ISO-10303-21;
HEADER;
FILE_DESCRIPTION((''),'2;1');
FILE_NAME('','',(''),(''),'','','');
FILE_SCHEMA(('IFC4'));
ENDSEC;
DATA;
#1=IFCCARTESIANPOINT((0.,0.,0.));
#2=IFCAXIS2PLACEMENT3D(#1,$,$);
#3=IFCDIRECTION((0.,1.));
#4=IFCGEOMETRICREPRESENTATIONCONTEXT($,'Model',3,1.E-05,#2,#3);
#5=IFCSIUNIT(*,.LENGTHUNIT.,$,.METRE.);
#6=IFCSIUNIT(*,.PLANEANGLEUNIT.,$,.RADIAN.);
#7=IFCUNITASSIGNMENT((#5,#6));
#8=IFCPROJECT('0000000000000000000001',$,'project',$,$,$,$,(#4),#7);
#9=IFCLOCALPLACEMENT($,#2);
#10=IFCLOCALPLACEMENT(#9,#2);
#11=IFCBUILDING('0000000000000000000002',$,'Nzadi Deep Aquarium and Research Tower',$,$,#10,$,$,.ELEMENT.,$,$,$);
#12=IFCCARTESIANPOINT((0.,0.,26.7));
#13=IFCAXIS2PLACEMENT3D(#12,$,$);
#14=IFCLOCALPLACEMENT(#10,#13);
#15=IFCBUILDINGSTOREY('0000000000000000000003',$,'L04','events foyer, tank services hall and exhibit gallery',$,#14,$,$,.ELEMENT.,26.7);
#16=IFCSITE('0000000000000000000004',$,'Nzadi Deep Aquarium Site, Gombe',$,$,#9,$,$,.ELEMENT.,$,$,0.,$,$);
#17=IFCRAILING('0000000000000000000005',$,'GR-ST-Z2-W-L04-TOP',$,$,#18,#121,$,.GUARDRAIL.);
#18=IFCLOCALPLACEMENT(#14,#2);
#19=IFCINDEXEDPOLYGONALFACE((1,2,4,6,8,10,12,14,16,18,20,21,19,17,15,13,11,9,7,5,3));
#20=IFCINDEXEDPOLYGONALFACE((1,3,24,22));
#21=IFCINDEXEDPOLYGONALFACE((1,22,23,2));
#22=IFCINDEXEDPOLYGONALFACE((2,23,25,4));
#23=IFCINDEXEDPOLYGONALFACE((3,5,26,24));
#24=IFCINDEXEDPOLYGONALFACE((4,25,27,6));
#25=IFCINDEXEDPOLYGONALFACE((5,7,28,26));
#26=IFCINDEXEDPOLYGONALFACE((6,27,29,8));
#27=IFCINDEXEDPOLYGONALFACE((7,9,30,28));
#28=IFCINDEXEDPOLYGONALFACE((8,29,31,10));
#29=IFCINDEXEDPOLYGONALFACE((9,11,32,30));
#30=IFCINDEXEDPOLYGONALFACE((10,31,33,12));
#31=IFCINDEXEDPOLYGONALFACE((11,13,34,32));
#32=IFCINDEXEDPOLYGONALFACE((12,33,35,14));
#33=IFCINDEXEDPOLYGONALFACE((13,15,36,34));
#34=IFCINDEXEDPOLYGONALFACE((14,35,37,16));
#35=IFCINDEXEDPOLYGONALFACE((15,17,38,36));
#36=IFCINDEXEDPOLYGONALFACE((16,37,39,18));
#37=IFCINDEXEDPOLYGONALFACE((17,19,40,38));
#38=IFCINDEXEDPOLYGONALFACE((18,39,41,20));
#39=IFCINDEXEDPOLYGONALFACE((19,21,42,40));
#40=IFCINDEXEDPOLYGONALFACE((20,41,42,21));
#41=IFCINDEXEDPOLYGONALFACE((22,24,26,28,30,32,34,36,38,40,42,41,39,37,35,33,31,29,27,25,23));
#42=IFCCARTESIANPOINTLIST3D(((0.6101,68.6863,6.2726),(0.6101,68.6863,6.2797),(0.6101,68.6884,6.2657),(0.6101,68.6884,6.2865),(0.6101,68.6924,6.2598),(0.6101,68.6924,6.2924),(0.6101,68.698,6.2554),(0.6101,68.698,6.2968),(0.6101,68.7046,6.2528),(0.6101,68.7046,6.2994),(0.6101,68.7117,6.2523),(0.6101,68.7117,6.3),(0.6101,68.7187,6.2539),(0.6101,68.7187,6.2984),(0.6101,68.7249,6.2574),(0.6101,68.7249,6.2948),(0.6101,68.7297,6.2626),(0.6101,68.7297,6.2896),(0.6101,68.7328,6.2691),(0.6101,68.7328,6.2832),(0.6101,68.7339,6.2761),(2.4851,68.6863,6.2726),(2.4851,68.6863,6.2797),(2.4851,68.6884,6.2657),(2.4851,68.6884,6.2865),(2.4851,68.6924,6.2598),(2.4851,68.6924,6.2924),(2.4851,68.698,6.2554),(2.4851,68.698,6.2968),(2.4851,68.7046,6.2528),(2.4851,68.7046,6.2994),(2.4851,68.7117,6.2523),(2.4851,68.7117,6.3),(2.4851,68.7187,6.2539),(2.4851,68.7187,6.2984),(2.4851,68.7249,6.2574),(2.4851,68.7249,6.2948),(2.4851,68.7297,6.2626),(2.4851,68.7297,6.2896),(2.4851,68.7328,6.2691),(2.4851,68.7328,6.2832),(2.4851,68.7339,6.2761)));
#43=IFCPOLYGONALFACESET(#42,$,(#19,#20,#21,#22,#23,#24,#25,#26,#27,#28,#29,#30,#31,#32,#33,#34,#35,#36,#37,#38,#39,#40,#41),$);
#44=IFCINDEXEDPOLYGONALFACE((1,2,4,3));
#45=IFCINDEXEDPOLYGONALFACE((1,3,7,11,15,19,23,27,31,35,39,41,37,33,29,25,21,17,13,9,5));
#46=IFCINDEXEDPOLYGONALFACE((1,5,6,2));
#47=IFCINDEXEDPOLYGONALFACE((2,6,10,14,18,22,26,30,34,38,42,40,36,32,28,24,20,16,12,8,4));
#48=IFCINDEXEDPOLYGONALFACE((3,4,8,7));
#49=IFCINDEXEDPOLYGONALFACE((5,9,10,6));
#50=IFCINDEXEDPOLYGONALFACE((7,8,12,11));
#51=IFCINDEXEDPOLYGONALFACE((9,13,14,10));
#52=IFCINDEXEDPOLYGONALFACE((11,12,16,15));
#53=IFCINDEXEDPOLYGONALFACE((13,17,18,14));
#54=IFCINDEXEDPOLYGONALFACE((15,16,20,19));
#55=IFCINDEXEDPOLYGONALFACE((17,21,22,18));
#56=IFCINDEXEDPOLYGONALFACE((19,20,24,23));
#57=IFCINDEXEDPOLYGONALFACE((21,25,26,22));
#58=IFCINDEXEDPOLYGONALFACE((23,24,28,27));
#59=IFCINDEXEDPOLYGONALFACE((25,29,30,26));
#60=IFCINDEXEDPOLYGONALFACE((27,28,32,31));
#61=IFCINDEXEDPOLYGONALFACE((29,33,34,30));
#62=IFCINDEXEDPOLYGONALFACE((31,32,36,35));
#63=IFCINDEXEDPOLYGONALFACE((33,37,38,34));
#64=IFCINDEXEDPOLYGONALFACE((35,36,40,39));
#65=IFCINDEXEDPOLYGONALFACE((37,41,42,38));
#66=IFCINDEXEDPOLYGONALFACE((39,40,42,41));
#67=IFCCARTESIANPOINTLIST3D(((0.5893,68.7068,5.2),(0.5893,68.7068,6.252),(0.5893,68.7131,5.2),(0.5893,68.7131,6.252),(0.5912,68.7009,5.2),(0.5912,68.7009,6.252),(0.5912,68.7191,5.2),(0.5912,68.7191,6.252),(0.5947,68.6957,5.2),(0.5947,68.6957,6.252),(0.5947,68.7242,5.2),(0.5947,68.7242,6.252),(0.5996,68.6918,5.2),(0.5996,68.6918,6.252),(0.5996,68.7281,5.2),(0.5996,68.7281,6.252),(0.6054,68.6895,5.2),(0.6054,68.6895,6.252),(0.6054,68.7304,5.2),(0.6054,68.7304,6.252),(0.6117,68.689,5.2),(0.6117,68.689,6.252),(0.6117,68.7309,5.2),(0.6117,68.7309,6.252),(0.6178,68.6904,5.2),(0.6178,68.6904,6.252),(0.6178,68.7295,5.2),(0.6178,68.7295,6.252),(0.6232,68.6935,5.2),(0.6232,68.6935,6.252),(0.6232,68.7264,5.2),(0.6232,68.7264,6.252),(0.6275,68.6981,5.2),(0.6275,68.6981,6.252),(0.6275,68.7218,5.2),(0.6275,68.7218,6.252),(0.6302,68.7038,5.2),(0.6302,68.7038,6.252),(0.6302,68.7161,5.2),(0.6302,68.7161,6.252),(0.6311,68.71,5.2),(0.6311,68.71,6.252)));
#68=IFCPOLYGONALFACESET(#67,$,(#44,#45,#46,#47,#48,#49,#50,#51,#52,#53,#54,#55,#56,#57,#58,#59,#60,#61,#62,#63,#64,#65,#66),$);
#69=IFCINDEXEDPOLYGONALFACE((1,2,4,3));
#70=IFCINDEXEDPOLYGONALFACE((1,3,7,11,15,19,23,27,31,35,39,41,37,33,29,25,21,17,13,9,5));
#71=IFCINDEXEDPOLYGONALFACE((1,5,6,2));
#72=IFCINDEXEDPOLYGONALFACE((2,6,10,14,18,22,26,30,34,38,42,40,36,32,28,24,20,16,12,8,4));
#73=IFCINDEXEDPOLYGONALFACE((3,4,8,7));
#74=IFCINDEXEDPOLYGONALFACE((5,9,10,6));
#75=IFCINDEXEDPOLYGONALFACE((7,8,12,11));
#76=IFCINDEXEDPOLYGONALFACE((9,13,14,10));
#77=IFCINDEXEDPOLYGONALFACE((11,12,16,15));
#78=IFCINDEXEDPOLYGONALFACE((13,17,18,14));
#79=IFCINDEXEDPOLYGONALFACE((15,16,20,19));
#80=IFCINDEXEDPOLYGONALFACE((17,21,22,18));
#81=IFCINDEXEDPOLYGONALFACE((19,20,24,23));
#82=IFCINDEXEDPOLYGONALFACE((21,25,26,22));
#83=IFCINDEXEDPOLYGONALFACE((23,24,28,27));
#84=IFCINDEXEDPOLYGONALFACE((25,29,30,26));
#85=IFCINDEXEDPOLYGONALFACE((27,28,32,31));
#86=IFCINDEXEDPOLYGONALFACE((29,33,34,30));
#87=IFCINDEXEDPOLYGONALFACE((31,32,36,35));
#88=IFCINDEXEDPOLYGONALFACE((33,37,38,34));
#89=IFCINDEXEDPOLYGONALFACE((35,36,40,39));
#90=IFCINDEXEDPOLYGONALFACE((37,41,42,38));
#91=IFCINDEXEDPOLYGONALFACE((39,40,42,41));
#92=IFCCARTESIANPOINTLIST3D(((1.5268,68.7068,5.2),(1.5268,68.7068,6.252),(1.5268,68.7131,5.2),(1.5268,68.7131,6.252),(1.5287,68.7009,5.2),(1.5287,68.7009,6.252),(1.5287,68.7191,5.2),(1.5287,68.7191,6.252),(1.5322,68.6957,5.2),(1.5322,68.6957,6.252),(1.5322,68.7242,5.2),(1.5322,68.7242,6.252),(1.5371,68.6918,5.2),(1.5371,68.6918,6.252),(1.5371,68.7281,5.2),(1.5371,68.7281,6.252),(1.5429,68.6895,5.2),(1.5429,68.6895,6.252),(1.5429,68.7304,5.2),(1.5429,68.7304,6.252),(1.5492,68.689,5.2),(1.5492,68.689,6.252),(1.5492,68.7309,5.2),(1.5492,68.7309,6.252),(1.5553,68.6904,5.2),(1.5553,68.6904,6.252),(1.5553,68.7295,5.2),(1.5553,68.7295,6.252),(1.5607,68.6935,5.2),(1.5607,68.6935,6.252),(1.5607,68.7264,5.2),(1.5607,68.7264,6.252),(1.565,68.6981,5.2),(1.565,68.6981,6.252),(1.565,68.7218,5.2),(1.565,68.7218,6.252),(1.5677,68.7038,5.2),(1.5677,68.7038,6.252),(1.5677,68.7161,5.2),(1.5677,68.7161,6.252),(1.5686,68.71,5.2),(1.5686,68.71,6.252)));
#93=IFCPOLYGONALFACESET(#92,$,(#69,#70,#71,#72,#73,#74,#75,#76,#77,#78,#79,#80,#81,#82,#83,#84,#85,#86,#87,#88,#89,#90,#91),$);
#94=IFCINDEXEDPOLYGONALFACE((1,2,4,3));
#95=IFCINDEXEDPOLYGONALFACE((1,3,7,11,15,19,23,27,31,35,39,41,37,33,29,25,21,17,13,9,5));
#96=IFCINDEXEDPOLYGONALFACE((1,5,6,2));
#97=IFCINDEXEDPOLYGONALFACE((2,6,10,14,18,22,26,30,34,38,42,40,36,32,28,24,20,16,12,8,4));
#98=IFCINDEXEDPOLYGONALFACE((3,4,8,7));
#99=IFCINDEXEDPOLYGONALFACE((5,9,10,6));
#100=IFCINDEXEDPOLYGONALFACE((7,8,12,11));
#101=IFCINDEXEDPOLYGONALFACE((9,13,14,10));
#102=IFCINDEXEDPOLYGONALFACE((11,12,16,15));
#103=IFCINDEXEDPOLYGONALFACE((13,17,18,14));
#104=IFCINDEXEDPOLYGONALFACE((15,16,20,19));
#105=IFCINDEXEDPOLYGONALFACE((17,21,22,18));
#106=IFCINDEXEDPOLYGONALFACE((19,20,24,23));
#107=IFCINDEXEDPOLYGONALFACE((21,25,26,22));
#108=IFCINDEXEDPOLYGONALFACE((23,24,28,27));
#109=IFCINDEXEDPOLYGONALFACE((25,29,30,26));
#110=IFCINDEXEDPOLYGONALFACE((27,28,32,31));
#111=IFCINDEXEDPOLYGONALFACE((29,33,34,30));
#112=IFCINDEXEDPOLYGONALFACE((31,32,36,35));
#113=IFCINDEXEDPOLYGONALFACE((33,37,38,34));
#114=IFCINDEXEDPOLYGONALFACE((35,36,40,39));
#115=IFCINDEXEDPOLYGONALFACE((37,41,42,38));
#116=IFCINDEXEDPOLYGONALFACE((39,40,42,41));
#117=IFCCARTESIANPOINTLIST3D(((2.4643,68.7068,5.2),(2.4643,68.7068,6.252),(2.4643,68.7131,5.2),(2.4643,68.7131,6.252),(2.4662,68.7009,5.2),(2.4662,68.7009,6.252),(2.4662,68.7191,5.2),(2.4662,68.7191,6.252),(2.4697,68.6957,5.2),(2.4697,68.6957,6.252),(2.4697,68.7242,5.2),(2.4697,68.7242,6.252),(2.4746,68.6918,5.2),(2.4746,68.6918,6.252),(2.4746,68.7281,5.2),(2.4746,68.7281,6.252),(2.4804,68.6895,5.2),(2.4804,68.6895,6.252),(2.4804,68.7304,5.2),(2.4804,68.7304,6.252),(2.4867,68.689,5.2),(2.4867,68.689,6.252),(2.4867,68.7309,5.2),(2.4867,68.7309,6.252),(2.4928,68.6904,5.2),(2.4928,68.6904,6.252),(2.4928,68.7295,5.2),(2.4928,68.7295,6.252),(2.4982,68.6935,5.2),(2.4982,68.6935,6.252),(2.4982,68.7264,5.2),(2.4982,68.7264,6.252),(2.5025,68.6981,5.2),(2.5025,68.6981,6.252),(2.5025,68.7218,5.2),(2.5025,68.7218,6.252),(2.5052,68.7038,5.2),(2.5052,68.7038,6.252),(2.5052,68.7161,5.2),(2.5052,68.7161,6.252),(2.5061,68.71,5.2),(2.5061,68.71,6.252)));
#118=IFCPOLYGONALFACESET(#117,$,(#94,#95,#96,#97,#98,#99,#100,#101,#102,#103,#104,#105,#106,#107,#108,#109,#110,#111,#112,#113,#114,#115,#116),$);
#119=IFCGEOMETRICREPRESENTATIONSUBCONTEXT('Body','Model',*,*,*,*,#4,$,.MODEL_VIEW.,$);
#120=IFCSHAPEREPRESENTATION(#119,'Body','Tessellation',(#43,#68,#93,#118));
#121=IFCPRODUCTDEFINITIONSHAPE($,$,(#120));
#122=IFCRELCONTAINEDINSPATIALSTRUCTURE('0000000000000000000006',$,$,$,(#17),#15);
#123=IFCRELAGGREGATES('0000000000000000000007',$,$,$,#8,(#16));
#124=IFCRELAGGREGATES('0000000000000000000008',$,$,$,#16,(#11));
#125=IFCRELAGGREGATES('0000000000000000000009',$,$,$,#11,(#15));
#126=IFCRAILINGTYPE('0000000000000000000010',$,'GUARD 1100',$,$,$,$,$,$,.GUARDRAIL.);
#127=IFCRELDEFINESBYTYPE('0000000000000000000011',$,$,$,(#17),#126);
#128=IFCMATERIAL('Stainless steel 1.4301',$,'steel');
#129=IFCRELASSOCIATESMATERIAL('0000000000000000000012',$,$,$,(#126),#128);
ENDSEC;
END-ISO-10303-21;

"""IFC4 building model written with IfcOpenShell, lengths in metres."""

from ifc_helpers import new_model, si_unit, direction, frame, origin, origin_2d, place, context, subcontext, project, spatial, circle, extrude, material, type_object, element, save


model = new_model("IFC4")

# Units and contexts
model_context = context("Model", 3, precision=1e-05, world=origin(), true_north=direction((0.0, 1.0)))
body_context = subcontext(model_context, "Body", "Model", "MODEL_VIEW")
ifc_project = project(units=[si_unit("LENGTHUNIT", "METRE"), si_unit("PLANEANGLEUNIT", "RADIAN")], contexts=[model_context])

# Site, building, storey
site_placement = place(None, origin())
site = spatial("IfcSite", under=ifc_project, at=site_placement, Name="Nzadi Deep Aquarium Site, Gombe", CompositionType="ELEMENT", RefElevation=0.0)
building_placement = place(site_placement, origin())
building = spatial("IfcBuilding", under=site, at=building_placement, Name="Nzadi Deep Aquarium and Research Tower", CompositionType="ELEMENT")
storey_placement = place(building_placement, frame((0.0, 0.0, 26.7)))
storey = spatial("IfcBuildingStorey", under=building, at=storey_placement, Name="L04", Description="events foyer, tank services hall and exhibit gallery", CompositionType="ELEMENT", Elevation=26.7)

# Railing
ifc_material_1 = material(Name="Stainless steel 1.4301", Category="steel")
railing_type_1 = type_object("IfcRailingType", Name="GUARD 1100", PredefinedType="GUARDRAIL", material=ifc_material_1)
railing_1_placement = place(storey_placement, frame((0.6101, 68.71, 5.2)))
element("IfcRailing", 1, at=railing_1_placement, inside=storey, type_object=railing_type_1, Name="GR-ST-Z2-W-L04-TOP", PredefinedType="GUARDRAIL", context=body_context, shape_type="SweptSolid", body=[
    extrude(circle(Radius=0.0239, at=origin_2d()), frame((0.0, 0.0, 1.0762), z_axis=(1.0, 0.0, 0.0), x_axis=(0.0, 1.0, 0.0)), (0.0, 0.0, 1.0), 1.875),
    extrude(circle(Radius=0.021, at=origin_2d()), origin(), (0.0, 0.0, 1.0), 1.052),
    extrude(circle(Radius=0.021, at=origin_2d()), frame((0.9375, 0.0, 0.0)), (0.0, 0.0, 1.0), 1.052),
    extrude(circle(Radius=0.021, at=origin_2d()), frame((1.875, 0.0, 0.0)), (0.0, 0.0, 1.0), 1.052),
])

save(model, "model.ifc")
